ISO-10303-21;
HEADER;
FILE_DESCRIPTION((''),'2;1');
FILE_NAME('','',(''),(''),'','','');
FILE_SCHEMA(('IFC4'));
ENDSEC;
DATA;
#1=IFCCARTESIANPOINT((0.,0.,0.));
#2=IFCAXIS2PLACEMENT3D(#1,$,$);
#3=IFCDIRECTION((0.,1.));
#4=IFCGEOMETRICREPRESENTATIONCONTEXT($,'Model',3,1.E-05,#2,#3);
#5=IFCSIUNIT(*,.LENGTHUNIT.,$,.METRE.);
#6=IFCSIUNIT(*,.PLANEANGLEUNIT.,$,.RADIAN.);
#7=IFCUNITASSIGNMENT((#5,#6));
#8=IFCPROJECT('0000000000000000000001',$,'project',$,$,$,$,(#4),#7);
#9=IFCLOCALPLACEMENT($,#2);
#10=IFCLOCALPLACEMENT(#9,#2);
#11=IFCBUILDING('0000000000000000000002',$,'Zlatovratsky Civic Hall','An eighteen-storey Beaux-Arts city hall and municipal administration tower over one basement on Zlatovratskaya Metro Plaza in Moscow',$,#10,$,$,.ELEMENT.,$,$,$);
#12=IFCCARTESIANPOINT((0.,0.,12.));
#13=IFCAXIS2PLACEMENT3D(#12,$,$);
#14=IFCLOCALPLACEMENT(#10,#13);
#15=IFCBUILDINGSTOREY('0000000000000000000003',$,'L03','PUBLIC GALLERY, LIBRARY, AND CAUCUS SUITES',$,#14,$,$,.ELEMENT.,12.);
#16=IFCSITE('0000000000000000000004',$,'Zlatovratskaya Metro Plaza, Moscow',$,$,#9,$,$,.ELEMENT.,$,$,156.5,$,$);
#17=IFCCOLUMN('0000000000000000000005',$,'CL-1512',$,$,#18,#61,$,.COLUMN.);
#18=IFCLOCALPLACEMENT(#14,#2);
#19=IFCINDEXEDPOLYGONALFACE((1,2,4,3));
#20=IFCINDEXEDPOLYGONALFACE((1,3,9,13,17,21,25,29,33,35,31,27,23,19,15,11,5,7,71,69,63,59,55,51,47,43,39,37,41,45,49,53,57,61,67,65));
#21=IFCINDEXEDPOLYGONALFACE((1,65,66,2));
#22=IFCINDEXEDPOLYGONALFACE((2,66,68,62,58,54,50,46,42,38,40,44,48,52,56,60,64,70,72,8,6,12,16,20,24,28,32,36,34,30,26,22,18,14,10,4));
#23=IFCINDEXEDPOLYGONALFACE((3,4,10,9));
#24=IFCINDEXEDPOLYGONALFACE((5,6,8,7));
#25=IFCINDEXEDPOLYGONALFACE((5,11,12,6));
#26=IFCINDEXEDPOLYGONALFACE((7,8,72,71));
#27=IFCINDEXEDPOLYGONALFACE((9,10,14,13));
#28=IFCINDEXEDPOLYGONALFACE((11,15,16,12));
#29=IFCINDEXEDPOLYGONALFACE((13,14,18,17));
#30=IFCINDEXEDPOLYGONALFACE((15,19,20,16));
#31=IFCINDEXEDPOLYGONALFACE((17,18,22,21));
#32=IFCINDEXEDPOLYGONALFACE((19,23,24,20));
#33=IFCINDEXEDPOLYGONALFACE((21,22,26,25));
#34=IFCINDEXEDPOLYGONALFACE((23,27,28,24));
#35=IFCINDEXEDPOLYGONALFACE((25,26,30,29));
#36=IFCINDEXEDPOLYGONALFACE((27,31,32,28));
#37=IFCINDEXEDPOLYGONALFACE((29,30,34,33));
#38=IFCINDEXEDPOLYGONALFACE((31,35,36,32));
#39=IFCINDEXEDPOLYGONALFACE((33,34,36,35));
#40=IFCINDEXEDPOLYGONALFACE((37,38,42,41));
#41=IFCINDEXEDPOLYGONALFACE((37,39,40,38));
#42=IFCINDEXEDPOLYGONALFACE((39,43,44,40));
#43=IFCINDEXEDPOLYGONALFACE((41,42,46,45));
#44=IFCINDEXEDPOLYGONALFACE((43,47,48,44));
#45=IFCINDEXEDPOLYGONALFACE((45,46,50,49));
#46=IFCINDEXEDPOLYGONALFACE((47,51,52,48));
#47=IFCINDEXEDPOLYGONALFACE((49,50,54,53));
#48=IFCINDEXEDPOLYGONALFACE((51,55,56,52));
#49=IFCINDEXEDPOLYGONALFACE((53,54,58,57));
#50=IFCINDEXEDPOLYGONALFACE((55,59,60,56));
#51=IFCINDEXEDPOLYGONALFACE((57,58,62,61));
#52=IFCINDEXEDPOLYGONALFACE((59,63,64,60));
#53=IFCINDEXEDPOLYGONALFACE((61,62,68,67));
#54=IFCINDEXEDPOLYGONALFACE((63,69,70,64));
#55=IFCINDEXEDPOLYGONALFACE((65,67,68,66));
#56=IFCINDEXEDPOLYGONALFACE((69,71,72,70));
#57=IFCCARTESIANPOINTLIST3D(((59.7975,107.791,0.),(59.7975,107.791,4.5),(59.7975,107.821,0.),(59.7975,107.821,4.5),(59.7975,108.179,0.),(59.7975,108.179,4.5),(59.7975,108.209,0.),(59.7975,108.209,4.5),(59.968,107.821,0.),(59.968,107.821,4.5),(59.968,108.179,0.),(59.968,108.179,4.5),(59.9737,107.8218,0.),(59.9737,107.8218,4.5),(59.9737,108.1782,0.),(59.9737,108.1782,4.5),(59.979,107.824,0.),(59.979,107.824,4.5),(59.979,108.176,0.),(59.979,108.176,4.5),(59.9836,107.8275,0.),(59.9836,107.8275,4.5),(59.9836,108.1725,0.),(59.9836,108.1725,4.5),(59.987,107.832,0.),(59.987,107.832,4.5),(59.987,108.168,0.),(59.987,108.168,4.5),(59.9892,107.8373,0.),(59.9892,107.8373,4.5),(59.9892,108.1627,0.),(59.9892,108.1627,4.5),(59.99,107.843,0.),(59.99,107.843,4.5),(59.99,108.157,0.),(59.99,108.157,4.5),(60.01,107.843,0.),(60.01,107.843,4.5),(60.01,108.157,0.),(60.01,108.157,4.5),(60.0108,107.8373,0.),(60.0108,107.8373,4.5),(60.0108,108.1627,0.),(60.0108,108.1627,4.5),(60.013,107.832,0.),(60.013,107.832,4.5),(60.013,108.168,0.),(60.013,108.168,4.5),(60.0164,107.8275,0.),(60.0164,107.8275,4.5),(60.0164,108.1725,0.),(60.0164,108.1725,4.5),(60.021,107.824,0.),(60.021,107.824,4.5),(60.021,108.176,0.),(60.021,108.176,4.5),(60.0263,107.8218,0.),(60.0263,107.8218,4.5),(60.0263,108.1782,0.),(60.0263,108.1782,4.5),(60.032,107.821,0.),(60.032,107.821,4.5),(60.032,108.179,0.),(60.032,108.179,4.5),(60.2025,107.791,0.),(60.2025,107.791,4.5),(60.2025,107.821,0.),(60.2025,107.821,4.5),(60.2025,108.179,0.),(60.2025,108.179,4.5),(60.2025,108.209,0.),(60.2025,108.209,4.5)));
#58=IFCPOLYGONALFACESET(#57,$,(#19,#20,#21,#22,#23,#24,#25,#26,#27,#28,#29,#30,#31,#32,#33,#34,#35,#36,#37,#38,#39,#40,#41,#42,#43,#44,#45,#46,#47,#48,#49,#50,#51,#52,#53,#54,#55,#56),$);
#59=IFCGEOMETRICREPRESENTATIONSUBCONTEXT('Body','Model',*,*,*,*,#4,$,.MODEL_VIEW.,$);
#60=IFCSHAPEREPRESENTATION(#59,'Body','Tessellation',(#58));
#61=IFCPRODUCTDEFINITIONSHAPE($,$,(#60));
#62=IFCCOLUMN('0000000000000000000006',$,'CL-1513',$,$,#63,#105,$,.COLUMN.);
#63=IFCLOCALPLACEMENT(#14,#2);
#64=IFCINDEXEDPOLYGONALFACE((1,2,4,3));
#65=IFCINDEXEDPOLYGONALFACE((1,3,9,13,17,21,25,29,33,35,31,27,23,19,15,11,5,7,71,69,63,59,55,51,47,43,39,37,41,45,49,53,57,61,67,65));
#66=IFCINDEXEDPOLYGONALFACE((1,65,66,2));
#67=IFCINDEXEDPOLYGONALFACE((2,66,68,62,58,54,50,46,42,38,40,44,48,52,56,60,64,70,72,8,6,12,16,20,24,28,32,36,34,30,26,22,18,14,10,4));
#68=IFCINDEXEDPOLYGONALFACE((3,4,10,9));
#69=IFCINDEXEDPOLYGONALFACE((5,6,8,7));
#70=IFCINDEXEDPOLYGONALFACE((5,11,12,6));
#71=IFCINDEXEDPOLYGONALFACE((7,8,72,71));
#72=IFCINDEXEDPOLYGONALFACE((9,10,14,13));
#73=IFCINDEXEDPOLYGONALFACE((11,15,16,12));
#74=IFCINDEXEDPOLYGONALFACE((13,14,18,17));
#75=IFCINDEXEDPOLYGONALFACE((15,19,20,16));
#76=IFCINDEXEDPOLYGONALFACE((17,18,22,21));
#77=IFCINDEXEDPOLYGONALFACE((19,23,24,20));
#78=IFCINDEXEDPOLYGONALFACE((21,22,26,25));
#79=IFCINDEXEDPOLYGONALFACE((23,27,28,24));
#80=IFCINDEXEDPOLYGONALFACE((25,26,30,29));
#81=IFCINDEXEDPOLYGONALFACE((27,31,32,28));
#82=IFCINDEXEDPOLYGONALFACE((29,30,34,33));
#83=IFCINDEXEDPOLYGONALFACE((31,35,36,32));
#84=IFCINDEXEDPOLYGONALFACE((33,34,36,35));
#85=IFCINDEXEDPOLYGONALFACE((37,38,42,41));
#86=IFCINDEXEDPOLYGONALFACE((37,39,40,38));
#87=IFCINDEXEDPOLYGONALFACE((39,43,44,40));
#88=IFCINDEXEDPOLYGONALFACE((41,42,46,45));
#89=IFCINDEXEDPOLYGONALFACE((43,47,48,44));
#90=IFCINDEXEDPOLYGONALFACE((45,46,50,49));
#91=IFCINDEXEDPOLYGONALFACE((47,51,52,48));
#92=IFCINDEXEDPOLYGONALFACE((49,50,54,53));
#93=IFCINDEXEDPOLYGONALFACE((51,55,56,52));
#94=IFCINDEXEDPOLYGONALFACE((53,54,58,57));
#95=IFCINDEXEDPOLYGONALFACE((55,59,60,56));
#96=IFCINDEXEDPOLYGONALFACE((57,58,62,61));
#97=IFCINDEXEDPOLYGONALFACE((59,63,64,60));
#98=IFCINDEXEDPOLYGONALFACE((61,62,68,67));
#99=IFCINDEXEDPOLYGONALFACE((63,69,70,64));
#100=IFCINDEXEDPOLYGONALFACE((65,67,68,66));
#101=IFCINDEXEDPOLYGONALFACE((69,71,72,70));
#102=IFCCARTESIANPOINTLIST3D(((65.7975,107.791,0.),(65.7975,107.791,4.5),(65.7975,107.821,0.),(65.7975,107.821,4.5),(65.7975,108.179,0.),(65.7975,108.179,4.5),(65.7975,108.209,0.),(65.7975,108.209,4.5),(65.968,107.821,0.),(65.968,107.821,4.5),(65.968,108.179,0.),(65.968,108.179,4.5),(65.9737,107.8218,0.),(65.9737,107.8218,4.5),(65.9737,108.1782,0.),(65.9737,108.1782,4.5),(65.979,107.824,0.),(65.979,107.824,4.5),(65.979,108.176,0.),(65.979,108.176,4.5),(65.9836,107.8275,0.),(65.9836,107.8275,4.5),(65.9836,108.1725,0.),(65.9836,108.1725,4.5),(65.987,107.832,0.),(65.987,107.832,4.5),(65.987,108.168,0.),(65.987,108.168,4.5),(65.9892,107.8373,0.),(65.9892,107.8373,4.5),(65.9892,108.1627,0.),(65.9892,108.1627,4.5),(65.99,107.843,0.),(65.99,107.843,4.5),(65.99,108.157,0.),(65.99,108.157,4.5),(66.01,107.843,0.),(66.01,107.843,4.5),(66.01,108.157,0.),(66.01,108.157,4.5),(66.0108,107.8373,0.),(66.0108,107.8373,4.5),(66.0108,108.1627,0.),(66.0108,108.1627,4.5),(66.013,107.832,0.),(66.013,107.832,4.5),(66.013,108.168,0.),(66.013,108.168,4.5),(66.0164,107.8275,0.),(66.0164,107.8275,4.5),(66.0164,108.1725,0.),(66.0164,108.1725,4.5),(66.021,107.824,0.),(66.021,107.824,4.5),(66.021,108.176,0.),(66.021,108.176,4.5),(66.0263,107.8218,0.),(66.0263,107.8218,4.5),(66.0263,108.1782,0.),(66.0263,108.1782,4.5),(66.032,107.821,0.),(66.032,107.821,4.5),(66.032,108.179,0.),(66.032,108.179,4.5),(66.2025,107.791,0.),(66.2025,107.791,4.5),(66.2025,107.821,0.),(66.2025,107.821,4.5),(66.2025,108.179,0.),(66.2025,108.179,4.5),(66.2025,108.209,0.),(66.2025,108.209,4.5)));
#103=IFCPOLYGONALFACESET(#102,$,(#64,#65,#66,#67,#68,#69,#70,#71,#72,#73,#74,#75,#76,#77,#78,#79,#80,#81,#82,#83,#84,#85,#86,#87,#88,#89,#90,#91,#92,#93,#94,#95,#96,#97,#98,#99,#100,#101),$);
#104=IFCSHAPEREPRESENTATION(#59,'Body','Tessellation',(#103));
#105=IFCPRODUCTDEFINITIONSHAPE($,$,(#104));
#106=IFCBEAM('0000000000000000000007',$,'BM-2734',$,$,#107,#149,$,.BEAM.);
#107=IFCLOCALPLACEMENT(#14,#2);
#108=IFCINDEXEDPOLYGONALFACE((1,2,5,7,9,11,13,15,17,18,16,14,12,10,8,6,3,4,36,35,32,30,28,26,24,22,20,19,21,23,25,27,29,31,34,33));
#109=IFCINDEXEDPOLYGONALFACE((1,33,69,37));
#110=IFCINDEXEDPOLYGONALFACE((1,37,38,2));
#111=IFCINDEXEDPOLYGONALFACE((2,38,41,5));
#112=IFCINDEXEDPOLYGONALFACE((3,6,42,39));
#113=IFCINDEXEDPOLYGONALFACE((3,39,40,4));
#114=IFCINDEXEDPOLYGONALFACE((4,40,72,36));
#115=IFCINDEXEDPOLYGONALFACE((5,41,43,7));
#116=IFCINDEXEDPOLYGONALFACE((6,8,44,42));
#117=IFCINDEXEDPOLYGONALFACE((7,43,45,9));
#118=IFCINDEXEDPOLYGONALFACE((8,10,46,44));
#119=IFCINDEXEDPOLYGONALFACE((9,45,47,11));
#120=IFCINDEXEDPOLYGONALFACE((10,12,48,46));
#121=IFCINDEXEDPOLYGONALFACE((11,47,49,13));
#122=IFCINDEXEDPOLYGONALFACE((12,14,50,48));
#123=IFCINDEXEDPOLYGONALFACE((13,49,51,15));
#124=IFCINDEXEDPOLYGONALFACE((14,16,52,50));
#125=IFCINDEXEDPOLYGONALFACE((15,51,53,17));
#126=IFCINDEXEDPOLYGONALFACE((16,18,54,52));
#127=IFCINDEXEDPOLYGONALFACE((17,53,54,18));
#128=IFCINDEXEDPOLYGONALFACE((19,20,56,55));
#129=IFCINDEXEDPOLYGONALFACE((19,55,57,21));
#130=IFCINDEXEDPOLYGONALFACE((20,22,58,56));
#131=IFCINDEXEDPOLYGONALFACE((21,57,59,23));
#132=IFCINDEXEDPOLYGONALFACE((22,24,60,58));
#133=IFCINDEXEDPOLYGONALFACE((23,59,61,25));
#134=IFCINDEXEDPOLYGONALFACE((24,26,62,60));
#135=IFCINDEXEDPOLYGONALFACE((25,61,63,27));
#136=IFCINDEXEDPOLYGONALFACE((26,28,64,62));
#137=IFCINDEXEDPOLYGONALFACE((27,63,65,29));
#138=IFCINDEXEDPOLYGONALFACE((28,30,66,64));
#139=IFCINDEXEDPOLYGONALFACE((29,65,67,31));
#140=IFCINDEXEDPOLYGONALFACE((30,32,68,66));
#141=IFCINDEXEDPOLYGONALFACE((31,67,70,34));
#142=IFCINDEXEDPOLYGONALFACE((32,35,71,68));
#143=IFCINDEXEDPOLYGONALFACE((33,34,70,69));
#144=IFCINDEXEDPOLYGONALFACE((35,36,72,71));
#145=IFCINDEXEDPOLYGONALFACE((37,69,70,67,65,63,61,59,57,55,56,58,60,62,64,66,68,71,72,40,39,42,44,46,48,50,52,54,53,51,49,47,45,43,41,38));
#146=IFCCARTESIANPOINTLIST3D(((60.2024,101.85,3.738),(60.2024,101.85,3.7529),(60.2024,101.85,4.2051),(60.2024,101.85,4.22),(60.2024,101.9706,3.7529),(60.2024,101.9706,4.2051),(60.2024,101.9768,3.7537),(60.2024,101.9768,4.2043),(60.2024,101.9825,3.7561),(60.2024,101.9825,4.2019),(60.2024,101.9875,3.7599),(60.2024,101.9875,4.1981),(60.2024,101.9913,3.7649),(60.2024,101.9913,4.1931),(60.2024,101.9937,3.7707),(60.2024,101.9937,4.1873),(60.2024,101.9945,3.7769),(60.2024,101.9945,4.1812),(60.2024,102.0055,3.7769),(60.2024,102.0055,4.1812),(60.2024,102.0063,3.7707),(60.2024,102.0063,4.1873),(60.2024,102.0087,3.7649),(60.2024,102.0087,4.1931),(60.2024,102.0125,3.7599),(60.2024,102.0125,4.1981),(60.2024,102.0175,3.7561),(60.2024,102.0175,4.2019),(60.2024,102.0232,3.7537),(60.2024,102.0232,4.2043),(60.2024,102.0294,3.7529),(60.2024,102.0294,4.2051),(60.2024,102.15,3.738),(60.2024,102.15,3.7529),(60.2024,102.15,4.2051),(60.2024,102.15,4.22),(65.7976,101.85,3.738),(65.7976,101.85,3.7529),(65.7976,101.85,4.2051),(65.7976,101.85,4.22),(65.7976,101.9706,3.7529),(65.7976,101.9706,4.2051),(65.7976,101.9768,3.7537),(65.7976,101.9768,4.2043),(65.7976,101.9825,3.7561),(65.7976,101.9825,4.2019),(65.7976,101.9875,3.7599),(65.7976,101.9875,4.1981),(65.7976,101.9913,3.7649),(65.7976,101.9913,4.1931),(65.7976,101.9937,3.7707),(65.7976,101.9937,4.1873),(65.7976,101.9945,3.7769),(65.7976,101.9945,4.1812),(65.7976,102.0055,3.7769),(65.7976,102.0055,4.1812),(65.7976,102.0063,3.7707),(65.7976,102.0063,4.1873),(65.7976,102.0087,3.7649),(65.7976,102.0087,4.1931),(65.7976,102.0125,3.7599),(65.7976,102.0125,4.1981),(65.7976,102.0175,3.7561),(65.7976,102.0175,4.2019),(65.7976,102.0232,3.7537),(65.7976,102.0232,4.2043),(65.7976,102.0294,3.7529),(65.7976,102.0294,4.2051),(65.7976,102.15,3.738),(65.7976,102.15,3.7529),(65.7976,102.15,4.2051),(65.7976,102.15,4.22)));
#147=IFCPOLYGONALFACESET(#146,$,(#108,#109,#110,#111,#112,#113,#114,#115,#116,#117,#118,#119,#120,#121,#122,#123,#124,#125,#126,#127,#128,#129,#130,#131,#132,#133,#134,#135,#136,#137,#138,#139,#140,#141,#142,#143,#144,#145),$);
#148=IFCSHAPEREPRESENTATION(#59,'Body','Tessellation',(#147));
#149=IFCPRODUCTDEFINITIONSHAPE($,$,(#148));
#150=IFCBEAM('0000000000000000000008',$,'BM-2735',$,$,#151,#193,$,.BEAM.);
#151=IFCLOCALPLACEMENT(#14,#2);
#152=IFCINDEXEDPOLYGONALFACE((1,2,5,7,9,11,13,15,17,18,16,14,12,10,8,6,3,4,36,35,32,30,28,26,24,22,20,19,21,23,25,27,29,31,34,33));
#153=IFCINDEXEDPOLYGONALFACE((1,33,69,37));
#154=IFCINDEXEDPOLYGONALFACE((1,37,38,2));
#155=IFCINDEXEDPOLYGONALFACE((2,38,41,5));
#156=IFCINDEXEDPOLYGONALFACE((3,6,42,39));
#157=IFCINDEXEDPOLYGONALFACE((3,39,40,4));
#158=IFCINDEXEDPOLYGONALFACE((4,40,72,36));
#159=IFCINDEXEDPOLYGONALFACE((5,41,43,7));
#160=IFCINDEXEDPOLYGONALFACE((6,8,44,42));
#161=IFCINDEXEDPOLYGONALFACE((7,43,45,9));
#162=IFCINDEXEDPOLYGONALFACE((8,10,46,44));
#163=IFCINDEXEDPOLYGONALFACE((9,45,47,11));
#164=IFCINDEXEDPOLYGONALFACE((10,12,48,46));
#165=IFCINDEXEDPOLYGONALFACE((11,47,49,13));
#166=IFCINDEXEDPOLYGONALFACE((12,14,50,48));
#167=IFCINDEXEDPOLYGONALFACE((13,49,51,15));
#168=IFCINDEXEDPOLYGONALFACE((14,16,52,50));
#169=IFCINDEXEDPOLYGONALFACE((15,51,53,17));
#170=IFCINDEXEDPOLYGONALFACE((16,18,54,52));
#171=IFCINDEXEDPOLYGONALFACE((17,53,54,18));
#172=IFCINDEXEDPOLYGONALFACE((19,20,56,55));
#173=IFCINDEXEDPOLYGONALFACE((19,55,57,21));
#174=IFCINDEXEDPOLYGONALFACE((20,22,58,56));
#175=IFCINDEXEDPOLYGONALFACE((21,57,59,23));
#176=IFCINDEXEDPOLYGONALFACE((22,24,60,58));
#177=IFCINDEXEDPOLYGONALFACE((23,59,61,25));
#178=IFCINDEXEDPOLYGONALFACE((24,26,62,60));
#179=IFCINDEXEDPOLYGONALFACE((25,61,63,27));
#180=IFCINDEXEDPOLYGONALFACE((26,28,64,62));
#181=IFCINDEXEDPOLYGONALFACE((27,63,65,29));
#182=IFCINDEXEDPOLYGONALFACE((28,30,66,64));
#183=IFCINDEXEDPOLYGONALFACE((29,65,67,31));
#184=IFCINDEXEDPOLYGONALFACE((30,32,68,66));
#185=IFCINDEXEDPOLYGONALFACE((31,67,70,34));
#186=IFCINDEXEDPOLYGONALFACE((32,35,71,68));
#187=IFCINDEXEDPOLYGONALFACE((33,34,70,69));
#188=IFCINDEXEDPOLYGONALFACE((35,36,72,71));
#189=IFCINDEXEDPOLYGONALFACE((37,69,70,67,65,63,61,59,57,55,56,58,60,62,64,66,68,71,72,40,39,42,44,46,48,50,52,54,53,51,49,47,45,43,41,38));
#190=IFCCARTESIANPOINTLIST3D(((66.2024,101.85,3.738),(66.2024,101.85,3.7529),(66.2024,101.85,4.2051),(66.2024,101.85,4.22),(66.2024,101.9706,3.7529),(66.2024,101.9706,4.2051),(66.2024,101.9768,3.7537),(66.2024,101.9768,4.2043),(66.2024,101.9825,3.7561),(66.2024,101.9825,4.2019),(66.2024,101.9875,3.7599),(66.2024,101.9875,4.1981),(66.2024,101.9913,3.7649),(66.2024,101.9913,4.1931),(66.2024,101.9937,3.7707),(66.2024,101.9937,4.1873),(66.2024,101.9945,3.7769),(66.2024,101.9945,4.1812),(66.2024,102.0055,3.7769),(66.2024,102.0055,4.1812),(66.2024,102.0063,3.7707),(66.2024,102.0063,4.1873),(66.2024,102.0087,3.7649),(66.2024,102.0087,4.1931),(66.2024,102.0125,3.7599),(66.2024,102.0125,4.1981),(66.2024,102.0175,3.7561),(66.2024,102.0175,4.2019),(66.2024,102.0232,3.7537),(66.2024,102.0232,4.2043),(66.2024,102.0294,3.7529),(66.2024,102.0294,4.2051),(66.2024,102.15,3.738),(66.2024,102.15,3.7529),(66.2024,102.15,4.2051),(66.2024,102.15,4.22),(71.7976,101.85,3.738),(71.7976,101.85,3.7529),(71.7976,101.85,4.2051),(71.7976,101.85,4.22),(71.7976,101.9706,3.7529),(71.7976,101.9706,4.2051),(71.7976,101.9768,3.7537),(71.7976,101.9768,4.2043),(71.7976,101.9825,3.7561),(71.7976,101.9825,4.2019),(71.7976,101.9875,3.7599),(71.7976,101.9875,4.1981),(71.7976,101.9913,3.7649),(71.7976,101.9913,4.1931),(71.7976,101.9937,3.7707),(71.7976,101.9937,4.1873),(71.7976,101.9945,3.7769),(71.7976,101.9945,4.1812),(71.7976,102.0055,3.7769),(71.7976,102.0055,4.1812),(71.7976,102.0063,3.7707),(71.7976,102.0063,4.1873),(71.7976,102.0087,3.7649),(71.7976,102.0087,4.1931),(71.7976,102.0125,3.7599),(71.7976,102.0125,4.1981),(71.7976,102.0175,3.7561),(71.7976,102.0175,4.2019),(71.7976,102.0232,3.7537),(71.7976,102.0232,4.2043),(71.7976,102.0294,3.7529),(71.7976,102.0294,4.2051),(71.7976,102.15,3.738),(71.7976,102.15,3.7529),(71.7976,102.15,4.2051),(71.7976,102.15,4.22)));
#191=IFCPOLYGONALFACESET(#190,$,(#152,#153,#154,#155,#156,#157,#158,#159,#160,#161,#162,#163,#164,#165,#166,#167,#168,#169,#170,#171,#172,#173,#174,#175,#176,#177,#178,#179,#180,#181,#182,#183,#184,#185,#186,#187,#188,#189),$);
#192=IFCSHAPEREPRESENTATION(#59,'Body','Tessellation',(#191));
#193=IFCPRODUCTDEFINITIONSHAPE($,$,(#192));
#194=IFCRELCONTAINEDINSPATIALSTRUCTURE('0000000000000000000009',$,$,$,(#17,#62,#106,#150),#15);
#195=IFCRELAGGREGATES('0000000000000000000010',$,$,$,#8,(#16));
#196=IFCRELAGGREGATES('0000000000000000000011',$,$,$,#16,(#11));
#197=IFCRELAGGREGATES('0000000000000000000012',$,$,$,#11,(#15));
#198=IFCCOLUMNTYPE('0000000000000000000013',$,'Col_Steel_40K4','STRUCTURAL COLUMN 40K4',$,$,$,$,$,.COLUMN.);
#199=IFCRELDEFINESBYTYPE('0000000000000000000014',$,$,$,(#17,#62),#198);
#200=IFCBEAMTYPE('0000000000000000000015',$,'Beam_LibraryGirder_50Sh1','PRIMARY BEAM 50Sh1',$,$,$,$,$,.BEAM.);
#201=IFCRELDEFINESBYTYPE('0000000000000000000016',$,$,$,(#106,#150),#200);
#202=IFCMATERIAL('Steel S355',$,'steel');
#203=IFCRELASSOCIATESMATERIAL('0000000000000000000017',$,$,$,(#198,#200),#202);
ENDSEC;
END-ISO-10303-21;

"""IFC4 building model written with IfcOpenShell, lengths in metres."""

from ifc_helpers import new_model, si_unit, direction, frame, origin, origin_2d, place, context, subcontext, project, spatial, i_section, extrude, material, material_profile, profile_set, type_object, element, save


model = new_model("IFC4")

# Units and contexts
model_context = context("Model", 3, precision=1e-05, world=origin(), true_north=direction((0.0, 1.0)))
body_context = subcontext(model_context, "Body", "Model", "MODEL_VIEW")
ifc_project = project(units=[si_unit("LENGTHUNIT", "METRE"), si_unit("PLANEANGLEUNIT", "RADIAN")], contexts=[model_context])

# Site, building, storey
site_placement = place(None, origin())
site = spatial("IfcSite", under=ifc_project, at=site_placement, Name="Zlatovratskaya Metro Plaza, Moscow", CompositionType="ELEMENT", RefElevation=156.5)
building_placement = place(site_placement, origin())
building = spatial("IfcBuilding", under=site, at=building_placement, Name="Zlatovratsky Civic Hall", Description="An eighteen-storey Beaux-Arts city hall and municipal administration tower over one basement on Zlatovratskaya Metro Plaza in Moscow", CompositionType="ELEMENT")
storey_placement = place(building_placement, frame((0.0, 0.0, 12.0)))
storey = spatial("IfcBuildingStorey", under=building, at=storey_placement, Name="L03", Description="PUBLIC GALLERY, LIBRARY, AND CAUCUS SUITES", CompositionType="ELEMENT", Elevation=12.0)

# Columns
ifc_material_1 = material(Name="Steel S355", Category="steel")
ifc_material_profile_1 = material_profile(ifc_material_1, i_section(OverallWidth=0.405, OverallDepth=0.418, WebThickness=0.02, FlangeThickness=0.03, FilletRadius=0.022, at=origin_2d()), Name="40K4")
ifc_profile_set_1 = profile_set([ifc_material_profile_1], Name="Steel S355")
column_type_1 = type_object("IfcColumnType", Name="Col_Steel_40K4", Description="STRUCTURAL COLUMN 40K4", PredefinedType="COLUMN", material=ifc_profile_set_1)
for number, where, z_axis, x_axis, name in (
    (1, (60.0, 108.0, 0.0), (0.0, 0.0, 1.0), (1.0, 0.0, 0.0), "CL-1512"),
    (2, (66.0, 108.0, 0.0), (0.0, 0.0, 1.0), (1.0, 0.0, 0.0), "CL-1513"),
):
    element("IfcColumn", number, at=place(storey_placement, frame(where, z_axis=z_axis, x_axis=x_axis)), inside=storey, type_object=column_type_1, Name=name, PredefinedType="COLUMN", context=body_context, shape_type="SweptSolid", body=[
        extrude(i_section(OverallWidth=0.405, OverallDepth=0.418, WebThickness=0.02, FlangeThickness=0.03, FilletRadius=0.022, at=origin_2d()), origin(), (0.0, 0.0, 1.0), 4.5),
    ])

# Beams
ifc_material_profile_2 = material_profile(ifc_material_1, i_section(OverallWidth=0.3, OverallDepth=0.4819, WebThickness=0.011, FlangeThickness=0.0149, FilletRadius=0.0239, at=origin_2d()), Name="50Sh1")
ifc_profile_set_2 = profile_set([ifc_material_profile_2], Name="Steel S355")
beam_type_1 = type_object("IfcBeamType", Name="Beam_LibraryGirder_50Sh1", Description="PRIMARY BEAM 50Sh1", PredefinedType="BEAM", material=ifc_profile_set_2)
for number, where, z_axis, x_axis, name in (
    (3, (60.2024, 102.0, 3.979), (1.0, 0.0, 0.0), (0.0, 1.0, 0.0), "BM-2734"),
    (4, (66.2024, 102.0, 3.979), (1.0, 0.0, 0.0), (0.0, 1.0, 0.0), "BM-2735"),
):
    element("IfcBeam", number, at=place(storey_placement, frame(where, z_axis=z_axis, x_axis=x_axis)), inside=storey, type_object=beam_type_1, Name=name, PredefinedType="BEAM", context=body_context, shape_type="SweptSolid", body=[
        extrude(i_section(OverallWidth=0.3, OverallDepth=0.4819, WebThickness=0.011, FlangeThickness=0.0149, FilletRadius=0.0239, at=origin_2d()), origin(), (0.0, 0.0, 1.0), 5.5952),
    ])

save(model, "model.ifc")
